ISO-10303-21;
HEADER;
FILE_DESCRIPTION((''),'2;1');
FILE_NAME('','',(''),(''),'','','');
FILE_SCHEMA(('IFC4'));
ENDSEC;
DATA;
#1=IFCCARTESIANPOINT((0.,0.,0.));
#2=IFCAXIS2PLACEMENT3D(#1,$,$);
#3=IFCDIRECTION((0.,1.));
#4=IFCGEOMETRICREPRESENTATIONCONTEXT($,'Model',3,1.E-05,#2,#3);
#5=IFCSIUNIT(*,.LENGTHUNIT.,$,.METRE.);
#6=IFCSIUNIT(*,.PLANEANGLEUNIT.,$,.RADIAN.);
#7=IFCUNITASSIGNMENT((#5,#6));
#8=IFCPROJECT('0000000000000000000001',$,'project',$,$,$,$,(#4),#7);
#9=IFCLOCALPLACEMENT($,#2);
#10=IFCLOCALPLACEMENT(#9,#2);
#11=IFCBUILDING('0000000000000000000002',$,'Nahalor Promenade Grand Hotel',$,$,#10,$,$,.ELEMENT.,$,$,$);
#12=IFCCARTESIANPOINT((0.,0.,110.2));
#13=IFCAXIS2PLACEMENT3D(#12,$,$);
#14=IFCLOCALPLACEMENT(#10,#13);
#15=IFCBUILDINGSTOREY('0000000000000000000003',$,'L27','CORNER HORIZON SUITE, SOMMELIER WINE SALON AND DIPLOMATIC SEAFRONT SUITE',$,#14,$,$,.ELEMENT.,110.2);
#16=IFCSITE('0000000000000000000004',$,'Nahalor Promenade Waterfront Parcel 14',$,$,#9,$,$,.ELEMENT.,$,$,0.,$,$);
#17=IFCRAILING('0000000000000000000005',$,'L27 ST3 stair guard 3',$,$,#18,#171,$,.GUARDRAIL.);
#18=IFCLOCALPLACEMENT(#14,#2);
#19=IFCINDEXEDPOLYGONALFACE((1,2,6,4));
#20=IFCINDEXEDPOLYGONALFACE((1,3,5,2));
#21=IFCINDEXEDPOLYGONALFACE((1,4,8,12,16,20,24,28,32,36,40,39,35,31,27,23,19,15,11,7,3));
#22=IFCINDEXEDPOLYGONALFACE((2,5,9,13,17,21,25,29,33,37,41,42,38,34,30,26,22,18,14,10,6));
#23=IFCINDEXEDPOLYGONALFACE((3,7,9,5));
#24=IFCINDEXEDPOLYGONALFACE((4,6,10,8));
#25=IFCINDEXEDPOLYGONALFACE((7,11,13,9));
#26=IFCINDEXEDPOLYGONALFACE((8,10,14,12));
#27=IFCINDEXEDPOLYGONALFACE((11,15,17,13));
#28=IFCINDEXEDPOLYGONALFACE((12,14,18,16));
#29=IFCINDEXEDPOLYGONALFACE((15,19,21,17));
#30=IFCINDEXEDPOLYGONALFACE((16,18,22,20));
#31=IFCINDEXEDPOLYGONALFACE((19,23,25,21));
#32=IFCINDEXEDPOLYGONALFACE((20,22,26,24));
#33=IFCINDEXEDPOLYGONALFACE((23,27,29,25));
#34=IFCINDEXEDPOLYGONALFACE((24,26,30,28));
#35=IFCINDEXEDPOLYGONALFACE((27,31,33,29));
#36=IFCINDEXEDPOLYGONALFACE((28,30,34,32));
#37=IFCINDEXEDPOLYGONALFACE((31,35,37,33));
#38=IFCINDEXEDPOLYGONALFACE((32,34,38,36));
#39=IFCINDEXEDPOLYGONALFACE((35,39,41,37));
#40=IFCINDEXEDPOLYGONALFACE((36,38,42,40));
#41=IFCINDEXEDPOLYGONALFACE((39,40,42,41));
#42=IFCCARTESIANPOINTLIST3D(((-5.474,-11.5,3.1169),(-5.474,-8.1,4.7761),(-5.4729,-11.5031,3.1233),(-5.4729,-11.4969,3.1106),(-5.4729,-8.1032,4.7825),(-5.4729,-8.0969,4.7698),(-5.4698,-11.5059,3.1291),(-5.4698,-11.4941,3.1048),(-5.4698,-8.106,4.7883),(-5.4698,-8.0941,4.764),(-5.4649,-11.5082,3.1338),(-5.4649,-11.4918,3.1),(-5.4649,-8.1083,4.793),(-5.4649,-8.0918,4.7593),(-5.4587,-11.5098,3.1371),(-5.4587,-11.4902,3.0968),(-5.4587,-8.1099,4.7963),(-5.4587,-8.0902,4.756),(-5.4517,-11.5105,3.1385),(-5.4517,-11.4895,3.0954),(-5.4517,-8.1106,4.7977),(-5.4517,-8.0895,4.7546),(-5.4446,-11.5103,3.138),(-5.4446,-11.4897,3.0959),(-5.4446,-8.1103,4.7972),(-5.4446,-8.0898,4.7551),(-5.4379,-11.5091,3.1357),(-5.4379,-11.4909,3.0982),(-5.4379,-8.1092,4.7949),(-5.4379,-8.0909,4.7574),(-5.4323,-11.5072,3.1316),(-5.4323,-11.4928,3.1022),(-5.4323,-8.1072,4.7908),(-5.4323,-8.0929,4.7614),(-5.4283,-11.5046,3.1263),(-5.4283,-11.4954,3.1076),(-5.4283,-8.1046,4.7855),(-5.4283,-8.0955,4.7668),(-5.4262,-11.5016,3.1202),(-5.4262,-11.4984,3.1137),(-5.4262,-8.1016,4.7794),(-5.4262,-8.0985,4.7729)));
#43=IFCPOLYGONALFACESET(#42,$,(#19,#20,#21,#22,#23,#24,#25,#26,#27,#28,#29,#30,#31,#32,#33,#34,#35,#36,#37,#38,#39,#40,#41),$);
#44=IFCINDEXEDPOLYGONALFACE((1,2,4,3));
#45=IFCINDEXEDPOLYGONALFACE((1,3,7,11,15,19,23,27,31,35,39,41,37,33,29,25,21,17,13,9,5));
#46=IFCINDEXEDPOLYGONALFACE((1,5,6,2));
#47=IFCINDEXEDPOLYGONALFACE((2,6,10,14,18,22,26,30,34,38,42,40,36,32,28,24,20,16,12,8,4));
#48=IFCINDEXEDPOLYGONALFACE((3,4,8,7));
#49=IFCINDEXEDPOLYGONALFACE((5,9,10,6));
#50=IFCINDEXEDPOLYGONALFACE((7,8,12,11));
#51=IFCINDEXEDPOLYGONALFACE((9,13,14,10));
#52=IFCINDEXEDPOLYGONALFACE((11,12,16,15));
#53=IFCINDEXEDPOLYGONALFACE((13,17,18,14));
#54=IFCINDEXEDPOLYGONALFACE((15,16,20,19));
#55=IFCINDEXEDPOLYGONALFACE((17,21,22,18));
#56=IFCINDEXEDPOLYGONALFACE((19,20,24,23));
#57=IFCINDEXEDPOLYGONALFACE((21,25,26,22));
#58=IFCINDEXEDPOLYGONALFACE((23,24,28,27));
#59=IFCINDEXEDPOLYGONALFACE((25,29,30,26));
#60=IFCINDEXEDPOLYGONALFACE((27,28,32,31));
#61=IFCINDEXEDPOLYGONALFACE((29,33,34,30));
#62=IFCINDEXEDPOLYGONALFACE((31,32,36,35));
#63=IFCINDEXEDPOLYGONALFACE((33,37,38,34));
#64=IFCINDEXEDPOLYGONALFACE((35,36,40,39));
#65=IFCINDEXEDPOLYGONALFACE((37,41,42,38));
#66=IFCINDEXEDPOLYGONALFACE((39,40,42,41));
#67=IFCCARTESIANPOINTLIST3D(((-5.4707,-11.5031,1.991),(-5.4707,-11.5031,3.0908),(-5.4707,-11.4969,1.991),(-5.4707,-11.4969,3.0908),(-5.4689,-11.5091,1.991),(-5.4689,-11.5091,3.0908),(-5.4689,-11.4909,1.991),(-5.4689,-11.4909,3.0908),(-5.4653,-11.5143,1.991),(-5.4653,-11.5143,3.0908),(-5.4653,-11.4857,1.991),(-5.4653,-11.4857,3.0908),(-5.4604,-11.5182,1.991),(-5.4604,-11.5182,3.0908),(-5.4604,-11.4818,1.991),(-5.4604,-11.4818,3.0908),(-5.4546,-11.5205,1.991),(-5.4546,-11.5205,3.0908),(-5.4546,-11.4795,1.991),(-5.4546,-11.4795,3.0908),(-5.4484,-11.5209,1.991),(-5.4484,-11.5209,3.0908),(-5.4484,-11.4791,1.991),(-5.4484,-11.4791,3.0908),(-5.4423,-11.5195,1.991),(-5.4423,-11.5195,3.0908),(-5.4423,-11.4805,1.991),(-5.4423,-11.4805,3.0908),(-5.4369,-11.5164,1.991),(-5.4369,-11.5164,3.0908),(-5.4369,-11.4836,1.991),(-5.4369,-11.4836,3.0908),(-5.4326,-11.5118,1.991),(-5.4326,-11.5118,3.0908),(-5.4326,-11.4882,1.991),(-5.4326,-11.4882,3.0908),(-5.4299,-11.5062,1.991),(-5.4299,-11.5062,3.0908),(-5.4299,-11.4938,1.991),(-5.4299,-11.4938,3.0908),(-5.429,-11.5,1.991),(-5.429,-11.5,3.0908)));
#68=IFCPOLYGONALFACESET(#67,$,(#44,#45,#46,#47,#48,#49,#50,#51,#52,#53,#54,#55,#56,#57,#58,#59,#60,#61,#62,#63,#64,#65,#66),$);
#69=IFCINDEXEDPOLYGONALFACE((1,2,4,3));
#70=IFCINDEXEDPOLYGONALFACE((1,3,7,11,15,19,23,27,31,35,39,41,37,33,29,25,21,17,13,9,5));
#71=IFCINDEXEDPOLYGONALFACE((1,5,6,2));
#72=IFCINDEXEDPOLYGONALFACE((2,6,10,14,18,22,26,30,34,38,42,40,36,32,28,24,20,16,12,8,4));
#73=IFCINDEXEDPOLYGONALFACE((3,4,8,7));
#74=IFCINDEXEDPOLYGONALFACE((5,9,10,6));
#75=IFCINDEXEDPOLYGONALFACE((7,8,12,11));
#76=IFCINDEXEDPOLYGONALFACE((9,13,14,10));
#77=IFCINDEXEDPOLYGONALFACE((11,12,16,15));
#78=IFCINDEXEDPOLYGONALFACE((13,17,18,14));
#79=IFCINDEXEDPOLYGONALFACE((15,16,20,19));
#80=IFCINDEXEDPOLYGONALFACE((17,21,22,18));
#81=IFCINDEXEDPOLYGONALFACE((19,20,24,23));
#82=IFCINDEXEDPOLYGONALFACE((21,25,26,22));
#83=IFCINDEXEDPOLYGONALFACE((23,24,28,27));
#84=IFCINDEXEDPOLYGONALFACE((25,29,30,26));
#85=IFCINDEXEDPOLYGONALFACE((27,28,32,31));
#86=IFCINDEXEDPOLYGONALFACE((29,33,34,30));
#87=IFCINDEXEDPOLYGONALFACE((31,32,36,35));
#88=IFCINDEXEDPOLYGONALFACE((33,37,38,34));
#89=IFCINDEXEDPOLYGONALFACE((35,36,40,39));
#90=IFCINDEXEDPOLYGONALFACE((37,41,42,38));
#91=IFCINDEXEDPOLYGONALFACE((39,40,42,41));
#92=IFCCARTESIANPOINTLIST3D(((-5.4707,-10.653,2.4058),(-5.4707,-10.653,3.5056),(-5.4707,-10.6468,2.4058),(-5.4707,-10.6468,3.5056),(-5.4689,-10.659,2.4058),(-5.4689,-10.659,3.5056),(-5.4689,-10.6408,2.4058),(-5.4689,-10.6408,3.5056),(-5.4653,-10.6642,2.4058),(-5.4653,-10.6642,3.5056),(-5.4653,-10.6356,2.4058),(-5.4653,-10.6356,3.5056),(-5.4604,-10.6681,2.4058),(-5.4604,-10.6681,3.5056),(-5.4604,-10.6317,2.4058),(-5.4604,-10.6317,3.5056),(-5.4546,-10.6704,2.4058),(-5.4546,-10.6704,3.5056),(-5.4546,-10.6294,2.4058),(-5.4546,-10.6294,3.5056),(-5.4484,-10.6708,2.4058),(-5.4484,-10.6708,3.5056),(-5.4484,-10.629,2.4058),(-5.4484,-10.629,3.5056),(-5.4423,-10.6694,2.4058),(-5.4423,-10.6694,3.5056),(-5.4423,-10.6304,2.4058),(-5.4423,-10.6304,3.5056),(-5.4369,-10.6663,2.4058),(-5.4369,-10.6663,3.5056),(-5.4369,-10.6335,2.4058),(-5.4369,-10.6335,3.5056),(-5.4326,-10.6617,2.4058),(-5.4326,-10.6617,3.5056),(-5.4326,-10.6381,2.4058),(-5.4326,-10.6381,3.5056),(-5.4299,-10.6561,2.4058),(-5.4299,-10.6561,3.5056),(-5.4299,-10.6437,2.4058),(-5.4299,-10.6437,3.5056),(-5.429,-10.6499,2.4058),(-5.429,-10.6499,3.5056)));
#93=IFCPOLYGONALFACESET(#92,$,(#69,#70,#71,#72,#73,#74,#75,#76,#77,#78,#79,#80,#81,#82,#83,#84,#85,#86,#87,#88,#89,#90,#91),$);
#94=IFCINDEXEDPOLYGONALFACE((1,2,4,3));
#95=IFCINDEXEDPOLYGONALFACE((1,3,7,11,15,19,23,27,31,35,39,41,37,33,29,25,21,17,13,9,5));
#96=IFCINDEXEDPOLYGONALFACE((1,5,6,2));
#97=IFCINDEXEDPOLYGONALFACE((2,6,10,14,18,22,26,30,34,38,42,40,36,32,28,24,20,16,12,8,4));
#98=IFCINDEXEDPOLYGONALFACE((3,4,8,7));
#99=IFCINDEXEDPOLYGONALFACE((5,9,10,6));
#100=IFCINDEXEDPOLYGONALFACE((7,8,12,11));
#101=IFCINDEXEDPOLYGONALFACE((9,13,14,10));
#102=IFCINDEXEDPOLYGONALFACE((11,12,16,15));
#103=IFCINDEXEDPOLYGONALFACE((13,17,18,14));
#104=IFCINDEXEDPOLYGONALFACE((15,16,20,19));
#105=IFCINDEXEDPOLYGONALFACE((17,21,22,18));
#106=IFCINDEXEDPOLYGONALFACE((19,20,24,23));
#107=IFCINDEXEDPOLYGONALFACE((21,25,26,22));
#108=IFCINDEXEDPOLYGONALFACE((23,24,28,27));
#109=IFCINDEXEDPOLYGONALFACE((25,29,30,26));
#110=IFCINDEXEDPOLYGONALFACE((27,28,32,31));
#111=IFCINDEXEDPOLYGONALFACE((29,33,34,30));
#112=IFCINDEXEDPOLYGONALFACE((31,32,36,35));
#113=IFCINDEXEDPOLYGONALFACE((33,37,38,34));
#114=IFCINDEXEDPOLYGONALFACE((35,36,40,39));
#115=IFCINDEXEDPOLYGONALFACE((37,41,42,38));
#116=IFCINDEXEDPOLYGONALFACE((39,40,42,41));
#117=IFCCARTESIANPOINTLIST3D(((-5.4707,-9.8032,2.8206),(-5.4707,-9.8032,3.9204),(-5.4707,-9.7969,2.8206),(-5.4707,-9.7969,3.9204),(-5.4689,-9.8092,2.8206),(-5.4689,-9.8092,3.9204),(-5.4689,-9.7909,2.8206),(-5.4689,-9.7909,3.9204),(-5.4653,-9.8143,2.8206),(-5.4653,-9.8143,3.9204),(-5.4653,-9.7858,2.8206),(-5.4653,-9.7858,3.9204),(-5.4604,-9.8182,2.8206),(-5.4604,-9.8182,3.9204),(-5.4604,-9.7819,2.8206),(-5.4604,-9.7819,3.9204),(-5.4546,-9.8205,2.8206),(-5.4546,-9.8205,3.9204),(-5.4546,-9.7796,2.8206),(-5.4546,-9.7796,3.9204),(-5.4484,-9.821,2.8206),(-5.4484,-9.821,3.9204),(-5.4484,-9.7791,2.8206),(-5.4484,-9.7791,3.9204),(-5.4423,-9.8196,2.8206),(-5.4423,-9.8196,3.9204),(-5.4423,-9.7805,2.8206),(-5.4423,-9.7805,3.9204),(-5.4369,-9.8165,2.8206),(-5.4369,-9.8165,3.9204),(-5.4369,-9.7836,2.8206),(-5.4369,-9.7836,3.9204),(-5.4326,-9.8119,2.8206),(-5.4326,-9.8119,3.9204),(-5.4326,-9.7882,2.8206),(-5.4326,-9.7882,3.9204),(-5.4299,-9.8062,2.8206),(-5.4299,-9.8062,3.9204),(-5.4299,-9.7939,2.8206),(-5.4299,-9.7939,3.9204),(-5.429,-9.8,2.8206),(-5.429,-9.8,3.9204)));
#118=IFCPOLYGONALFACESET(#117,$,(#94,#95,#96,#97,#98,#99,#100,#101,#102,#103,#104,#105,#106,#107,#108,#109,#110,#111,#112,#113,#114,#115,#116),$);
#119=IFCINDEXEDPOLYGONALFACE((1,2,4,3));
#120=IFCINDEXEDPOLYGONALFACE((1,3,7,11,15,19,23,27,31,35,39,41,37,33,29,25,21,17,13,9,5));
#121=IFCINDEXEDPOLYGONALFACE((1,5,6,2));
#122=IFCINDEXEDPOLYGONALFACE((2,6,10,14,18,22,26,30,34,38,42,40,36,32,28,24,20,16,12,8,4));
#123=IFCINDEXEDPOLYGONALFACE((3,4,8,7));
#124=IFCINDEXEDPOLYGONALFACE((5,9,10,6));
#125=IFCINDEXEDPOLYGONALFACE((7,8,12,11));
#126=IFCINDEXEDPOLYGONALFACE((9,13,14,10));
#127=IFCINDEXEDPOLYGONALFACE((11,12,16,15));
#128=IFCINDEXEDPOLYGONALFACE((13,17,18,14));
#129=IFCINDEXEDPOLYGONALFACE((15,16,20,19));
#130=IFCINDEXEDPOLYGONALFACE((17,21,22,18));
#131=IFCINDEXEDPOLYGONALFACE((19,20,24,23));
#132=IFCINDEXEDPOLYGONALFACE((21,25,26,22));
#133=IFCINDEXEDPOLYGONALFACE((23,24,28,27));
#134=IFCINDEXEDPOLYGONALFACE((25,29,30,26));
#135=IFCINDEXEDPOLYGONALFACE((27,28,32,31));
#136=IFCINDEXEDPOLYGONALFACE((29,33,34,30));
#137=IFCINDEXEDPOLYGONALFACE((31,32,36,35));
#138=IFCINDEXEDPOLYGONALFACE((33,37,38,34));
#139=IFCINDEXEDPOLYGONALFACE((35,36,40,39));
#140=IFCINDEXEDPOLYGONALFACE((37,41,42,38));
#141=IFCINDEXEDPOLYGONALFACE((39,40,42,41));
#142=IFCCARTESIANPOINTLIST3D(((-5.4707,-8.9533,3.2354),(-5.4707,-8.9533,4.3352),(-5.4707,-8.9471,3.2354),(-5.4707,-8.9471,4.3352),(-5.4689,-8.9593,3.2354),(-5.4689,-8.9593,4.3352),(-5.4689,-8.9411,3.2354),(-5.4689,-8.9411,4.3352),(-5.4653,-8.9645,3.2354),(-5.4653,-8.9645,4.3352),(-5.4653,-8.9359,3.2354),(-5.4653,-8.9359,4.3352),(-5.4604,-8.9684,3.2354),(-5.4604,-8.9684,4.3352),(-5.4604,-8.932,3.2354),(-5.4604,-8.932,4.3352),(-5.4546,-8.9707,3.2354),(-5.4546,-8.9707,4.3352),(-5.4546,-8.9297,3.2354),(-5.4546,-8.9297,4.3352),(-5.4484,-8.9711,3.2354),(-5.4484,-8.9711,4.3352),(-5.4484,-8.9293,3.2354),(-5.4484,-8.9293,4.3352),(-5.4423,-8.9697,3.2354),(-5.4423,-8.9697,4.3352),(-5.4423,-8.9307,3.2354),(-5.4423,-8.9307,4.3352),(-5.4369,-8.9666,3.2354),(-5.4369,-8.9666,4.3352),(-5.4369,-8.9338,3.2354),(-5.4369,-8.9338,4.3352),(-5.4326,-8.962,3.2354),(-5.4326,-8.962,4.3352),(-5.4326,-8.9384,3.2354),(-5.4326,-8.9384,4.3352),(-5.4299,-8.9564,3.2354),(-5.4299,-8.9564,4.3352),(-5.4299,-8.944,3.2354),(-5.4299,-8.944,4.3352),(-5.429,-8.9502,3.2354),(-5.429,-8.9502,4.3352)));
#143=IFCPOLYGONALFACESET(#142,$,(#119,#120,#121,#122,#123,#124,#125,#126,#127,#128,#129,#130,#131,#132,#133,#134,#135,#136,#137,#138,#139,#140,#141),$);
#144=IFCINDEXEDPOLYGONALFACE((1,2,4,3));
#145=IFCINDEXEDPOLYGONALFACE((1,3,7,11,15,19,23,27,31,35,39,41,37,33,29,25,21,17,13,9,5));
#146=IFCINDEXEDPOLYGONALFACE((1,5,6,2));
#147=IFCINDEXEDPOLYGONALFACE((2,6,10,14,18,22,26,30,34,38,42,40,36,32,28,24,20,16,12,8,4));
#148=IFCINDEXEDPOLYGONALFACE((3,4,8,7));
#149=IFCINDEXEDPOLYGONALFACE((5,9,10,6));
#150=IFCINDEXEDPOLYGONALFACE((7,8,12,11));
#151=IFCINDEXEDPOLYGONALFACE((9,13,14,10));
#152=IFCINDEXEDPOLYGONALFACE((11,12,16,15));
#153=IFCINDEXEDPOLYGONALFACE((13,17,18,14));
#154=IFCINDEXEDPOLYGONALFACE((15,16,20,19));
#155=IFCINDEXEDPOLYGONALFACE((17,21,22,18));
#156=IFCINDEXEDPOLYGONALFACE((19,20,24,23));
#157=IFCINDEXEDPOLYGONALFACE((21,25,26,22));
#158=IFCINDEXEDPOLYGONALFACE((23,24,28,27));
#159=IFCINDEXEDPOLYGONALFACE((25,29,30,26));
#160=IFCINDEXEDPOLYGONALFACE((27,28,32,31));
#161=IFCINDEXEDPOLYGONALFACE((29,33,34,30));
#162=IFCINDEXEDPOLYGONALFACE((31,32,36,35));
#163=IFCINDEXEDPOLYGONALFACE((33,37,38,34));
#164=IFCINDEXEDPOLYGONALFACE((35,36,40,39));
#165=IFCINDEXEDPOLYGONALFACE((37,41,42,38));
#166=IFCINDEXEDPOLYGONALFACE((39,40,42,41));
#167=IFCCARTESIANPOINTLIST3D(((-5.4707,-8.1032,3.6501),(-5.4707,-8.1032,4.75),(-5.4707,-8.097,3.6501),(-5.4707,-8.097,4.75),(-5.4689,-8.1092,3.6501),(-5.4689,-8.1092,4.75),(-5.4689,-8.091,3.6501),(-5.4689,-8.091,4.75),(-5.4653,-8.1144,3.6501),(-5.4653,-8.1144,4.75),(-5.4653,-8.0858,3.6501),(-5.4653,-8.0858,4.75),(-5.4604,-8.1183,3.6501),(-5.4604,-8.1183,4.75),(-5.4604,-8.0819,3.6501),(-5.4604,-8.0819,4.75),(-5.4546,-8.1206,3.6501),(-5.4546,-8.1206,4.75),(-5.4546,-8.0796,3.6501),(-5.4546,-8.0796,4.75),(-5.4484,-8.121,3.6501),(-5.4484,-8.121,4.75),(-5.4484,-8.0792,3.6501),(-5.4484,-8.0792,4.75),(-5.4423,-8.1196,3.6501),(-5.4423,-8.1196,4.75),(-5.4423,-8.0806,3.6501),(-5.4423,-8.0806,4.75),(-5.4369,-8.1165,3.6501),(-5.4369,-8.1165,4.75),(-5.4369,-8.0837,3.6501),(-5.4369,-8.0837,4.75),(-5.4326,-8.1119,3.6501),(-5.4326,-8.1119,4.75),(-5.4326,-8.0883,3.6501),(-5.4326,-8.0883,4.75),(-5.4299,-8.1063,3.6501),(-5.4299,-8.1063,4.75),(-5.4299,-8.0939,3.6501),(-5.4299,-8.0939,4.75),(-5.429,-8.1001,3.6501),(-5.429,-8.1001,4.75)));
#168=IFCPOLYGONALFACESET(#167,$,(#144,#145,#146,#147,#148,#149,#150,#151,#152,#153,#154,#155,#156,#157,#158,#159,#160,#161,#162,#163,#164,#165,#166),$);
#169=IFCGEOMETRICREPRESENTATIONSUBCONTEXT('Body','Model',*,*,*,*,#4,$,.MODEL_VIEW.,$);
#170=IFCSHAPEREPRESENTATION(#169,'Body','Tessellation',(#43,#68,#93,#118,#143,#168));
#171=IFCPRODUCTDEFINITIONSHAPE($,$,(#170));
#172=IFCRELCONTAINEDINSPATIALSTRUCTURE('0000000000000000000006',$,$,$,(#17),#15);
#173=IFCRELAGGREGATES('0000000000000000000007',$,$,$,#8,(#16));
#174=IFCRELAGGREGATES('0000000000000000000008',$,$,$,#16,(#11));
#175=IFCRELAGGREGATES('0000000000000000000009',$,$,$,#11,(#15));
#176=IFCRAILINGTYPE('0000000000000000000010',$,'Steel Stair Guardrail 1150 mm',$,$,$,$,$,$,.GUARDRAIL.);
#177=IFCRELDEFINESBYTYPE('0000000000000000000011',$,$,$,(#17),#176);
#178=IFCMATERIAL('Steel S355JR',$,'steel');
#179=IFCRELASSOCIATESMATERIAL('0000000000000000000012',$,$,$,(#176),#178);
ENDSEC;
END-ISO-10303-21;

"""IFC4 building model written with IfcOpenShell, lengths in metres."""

from ifc_helpers import new_model, si_unit, direction, frame, origin, origin_2d, place, context, subcontext, project, spatial, circle, extrude, material, type_object, element, save


model = new_model("IFC4")

# Units and contexts
model_context = context("Model", 3, precision=1e-05, world=origin(), true_north=direction((0.0, 1.0)))
body_context = subcontext(model_context, "Body", "Model", "MODEL_VIEW")
ifc_project = project(units=[si_unit("LENGTHUNIT", "METRE"), si_unit("PLANEANGLEUNIT", "RADIAN")], contexts=[model_context])

# Site, building, storey
site_placement = place(None, origin())
site = spatial("IfcSite", under=ifc_project, at=site_placement, Name="Nahalor Promenade Waterfront Parcel 14", CompositionType="ELEMENT", RefElevation=0.0)
building_placement = place(site_placement, origin())
building = spatial("IfcBuilding", under=site, at=building_placement, Name="Nahalor Promenade Grand Hotel", CompositionType="ELEMENT")
storey_placement = place(building_placement, frame((0.0, 0.0, 110.2)))
storey = spatial("IfcBuildingStorey", under=building, at=storey_placement, Name="L27", Description="CORNER HORIZON SUITE, SOMMELIER WINE SALON AND DIPLOMATIC SEAFRONT SUITE", CompositionType="ELEMENT", Elevation=110.2)

# Shared definitions
ifc_material_1 = material(Name="Steel S355JR", Category="steel")

# Railing
railing_type_1 = type_object("IfcRailingType", Name="Steel Stair Guardrail 1150 mm", PredefinedType="GUARDRAIL", material=ifc_material_1)
railing_1_placement = place(storey_placement, frame((-5.45, -11.5, 1.991)))
element("IfcRailing", 1, at=railing_1_placement, inside=storey, type_object=railing_type_1, Name="L27 ST3 stair guard 3", PredefinedType="GUARDRAIL", context=body_context, shape_type="SweptSolid", body=[
    extrude(circle(Radius=0.024, at=origin_2d()), frame((0.0, 0.0, 1.126), z_axis=(0.0, 0.898696, 0.438571), x_axis=(-1.0, 0.0, 0.0)), (0.0, 0.0, 1.0), 3.7832),
    extrude(circle(Radius=0.021, at=origin_2d()), origin(), (0.0, 0.0, 1.0), 1.0999),
    extrude(circle(Radius=0.021, at=origin_2d()), frame((0.0, 0.8501, 0.4148)), (0.0, 0.0, 1.0), 1.0999),
    extrude(circle(Radius=0.021, at=origin_2d()), frame((0.0, 1.7, 0.8296)), (0.0, 0.0, 1.0), 1.0999),
    extrude(circle(Radius=0.021, at=origin_2d()), frame((0.0, 2.5498, 1.2444)), (0.0, 0.0, 1.0), 1.0999),
    extrude(circle(Radius=0.021, at=origin_2d()), frame((0.0, 3.3999, 1.6592)), (0.0, 0.0, 1.0), 1.0999),
])

save(model, "model.ifc")
